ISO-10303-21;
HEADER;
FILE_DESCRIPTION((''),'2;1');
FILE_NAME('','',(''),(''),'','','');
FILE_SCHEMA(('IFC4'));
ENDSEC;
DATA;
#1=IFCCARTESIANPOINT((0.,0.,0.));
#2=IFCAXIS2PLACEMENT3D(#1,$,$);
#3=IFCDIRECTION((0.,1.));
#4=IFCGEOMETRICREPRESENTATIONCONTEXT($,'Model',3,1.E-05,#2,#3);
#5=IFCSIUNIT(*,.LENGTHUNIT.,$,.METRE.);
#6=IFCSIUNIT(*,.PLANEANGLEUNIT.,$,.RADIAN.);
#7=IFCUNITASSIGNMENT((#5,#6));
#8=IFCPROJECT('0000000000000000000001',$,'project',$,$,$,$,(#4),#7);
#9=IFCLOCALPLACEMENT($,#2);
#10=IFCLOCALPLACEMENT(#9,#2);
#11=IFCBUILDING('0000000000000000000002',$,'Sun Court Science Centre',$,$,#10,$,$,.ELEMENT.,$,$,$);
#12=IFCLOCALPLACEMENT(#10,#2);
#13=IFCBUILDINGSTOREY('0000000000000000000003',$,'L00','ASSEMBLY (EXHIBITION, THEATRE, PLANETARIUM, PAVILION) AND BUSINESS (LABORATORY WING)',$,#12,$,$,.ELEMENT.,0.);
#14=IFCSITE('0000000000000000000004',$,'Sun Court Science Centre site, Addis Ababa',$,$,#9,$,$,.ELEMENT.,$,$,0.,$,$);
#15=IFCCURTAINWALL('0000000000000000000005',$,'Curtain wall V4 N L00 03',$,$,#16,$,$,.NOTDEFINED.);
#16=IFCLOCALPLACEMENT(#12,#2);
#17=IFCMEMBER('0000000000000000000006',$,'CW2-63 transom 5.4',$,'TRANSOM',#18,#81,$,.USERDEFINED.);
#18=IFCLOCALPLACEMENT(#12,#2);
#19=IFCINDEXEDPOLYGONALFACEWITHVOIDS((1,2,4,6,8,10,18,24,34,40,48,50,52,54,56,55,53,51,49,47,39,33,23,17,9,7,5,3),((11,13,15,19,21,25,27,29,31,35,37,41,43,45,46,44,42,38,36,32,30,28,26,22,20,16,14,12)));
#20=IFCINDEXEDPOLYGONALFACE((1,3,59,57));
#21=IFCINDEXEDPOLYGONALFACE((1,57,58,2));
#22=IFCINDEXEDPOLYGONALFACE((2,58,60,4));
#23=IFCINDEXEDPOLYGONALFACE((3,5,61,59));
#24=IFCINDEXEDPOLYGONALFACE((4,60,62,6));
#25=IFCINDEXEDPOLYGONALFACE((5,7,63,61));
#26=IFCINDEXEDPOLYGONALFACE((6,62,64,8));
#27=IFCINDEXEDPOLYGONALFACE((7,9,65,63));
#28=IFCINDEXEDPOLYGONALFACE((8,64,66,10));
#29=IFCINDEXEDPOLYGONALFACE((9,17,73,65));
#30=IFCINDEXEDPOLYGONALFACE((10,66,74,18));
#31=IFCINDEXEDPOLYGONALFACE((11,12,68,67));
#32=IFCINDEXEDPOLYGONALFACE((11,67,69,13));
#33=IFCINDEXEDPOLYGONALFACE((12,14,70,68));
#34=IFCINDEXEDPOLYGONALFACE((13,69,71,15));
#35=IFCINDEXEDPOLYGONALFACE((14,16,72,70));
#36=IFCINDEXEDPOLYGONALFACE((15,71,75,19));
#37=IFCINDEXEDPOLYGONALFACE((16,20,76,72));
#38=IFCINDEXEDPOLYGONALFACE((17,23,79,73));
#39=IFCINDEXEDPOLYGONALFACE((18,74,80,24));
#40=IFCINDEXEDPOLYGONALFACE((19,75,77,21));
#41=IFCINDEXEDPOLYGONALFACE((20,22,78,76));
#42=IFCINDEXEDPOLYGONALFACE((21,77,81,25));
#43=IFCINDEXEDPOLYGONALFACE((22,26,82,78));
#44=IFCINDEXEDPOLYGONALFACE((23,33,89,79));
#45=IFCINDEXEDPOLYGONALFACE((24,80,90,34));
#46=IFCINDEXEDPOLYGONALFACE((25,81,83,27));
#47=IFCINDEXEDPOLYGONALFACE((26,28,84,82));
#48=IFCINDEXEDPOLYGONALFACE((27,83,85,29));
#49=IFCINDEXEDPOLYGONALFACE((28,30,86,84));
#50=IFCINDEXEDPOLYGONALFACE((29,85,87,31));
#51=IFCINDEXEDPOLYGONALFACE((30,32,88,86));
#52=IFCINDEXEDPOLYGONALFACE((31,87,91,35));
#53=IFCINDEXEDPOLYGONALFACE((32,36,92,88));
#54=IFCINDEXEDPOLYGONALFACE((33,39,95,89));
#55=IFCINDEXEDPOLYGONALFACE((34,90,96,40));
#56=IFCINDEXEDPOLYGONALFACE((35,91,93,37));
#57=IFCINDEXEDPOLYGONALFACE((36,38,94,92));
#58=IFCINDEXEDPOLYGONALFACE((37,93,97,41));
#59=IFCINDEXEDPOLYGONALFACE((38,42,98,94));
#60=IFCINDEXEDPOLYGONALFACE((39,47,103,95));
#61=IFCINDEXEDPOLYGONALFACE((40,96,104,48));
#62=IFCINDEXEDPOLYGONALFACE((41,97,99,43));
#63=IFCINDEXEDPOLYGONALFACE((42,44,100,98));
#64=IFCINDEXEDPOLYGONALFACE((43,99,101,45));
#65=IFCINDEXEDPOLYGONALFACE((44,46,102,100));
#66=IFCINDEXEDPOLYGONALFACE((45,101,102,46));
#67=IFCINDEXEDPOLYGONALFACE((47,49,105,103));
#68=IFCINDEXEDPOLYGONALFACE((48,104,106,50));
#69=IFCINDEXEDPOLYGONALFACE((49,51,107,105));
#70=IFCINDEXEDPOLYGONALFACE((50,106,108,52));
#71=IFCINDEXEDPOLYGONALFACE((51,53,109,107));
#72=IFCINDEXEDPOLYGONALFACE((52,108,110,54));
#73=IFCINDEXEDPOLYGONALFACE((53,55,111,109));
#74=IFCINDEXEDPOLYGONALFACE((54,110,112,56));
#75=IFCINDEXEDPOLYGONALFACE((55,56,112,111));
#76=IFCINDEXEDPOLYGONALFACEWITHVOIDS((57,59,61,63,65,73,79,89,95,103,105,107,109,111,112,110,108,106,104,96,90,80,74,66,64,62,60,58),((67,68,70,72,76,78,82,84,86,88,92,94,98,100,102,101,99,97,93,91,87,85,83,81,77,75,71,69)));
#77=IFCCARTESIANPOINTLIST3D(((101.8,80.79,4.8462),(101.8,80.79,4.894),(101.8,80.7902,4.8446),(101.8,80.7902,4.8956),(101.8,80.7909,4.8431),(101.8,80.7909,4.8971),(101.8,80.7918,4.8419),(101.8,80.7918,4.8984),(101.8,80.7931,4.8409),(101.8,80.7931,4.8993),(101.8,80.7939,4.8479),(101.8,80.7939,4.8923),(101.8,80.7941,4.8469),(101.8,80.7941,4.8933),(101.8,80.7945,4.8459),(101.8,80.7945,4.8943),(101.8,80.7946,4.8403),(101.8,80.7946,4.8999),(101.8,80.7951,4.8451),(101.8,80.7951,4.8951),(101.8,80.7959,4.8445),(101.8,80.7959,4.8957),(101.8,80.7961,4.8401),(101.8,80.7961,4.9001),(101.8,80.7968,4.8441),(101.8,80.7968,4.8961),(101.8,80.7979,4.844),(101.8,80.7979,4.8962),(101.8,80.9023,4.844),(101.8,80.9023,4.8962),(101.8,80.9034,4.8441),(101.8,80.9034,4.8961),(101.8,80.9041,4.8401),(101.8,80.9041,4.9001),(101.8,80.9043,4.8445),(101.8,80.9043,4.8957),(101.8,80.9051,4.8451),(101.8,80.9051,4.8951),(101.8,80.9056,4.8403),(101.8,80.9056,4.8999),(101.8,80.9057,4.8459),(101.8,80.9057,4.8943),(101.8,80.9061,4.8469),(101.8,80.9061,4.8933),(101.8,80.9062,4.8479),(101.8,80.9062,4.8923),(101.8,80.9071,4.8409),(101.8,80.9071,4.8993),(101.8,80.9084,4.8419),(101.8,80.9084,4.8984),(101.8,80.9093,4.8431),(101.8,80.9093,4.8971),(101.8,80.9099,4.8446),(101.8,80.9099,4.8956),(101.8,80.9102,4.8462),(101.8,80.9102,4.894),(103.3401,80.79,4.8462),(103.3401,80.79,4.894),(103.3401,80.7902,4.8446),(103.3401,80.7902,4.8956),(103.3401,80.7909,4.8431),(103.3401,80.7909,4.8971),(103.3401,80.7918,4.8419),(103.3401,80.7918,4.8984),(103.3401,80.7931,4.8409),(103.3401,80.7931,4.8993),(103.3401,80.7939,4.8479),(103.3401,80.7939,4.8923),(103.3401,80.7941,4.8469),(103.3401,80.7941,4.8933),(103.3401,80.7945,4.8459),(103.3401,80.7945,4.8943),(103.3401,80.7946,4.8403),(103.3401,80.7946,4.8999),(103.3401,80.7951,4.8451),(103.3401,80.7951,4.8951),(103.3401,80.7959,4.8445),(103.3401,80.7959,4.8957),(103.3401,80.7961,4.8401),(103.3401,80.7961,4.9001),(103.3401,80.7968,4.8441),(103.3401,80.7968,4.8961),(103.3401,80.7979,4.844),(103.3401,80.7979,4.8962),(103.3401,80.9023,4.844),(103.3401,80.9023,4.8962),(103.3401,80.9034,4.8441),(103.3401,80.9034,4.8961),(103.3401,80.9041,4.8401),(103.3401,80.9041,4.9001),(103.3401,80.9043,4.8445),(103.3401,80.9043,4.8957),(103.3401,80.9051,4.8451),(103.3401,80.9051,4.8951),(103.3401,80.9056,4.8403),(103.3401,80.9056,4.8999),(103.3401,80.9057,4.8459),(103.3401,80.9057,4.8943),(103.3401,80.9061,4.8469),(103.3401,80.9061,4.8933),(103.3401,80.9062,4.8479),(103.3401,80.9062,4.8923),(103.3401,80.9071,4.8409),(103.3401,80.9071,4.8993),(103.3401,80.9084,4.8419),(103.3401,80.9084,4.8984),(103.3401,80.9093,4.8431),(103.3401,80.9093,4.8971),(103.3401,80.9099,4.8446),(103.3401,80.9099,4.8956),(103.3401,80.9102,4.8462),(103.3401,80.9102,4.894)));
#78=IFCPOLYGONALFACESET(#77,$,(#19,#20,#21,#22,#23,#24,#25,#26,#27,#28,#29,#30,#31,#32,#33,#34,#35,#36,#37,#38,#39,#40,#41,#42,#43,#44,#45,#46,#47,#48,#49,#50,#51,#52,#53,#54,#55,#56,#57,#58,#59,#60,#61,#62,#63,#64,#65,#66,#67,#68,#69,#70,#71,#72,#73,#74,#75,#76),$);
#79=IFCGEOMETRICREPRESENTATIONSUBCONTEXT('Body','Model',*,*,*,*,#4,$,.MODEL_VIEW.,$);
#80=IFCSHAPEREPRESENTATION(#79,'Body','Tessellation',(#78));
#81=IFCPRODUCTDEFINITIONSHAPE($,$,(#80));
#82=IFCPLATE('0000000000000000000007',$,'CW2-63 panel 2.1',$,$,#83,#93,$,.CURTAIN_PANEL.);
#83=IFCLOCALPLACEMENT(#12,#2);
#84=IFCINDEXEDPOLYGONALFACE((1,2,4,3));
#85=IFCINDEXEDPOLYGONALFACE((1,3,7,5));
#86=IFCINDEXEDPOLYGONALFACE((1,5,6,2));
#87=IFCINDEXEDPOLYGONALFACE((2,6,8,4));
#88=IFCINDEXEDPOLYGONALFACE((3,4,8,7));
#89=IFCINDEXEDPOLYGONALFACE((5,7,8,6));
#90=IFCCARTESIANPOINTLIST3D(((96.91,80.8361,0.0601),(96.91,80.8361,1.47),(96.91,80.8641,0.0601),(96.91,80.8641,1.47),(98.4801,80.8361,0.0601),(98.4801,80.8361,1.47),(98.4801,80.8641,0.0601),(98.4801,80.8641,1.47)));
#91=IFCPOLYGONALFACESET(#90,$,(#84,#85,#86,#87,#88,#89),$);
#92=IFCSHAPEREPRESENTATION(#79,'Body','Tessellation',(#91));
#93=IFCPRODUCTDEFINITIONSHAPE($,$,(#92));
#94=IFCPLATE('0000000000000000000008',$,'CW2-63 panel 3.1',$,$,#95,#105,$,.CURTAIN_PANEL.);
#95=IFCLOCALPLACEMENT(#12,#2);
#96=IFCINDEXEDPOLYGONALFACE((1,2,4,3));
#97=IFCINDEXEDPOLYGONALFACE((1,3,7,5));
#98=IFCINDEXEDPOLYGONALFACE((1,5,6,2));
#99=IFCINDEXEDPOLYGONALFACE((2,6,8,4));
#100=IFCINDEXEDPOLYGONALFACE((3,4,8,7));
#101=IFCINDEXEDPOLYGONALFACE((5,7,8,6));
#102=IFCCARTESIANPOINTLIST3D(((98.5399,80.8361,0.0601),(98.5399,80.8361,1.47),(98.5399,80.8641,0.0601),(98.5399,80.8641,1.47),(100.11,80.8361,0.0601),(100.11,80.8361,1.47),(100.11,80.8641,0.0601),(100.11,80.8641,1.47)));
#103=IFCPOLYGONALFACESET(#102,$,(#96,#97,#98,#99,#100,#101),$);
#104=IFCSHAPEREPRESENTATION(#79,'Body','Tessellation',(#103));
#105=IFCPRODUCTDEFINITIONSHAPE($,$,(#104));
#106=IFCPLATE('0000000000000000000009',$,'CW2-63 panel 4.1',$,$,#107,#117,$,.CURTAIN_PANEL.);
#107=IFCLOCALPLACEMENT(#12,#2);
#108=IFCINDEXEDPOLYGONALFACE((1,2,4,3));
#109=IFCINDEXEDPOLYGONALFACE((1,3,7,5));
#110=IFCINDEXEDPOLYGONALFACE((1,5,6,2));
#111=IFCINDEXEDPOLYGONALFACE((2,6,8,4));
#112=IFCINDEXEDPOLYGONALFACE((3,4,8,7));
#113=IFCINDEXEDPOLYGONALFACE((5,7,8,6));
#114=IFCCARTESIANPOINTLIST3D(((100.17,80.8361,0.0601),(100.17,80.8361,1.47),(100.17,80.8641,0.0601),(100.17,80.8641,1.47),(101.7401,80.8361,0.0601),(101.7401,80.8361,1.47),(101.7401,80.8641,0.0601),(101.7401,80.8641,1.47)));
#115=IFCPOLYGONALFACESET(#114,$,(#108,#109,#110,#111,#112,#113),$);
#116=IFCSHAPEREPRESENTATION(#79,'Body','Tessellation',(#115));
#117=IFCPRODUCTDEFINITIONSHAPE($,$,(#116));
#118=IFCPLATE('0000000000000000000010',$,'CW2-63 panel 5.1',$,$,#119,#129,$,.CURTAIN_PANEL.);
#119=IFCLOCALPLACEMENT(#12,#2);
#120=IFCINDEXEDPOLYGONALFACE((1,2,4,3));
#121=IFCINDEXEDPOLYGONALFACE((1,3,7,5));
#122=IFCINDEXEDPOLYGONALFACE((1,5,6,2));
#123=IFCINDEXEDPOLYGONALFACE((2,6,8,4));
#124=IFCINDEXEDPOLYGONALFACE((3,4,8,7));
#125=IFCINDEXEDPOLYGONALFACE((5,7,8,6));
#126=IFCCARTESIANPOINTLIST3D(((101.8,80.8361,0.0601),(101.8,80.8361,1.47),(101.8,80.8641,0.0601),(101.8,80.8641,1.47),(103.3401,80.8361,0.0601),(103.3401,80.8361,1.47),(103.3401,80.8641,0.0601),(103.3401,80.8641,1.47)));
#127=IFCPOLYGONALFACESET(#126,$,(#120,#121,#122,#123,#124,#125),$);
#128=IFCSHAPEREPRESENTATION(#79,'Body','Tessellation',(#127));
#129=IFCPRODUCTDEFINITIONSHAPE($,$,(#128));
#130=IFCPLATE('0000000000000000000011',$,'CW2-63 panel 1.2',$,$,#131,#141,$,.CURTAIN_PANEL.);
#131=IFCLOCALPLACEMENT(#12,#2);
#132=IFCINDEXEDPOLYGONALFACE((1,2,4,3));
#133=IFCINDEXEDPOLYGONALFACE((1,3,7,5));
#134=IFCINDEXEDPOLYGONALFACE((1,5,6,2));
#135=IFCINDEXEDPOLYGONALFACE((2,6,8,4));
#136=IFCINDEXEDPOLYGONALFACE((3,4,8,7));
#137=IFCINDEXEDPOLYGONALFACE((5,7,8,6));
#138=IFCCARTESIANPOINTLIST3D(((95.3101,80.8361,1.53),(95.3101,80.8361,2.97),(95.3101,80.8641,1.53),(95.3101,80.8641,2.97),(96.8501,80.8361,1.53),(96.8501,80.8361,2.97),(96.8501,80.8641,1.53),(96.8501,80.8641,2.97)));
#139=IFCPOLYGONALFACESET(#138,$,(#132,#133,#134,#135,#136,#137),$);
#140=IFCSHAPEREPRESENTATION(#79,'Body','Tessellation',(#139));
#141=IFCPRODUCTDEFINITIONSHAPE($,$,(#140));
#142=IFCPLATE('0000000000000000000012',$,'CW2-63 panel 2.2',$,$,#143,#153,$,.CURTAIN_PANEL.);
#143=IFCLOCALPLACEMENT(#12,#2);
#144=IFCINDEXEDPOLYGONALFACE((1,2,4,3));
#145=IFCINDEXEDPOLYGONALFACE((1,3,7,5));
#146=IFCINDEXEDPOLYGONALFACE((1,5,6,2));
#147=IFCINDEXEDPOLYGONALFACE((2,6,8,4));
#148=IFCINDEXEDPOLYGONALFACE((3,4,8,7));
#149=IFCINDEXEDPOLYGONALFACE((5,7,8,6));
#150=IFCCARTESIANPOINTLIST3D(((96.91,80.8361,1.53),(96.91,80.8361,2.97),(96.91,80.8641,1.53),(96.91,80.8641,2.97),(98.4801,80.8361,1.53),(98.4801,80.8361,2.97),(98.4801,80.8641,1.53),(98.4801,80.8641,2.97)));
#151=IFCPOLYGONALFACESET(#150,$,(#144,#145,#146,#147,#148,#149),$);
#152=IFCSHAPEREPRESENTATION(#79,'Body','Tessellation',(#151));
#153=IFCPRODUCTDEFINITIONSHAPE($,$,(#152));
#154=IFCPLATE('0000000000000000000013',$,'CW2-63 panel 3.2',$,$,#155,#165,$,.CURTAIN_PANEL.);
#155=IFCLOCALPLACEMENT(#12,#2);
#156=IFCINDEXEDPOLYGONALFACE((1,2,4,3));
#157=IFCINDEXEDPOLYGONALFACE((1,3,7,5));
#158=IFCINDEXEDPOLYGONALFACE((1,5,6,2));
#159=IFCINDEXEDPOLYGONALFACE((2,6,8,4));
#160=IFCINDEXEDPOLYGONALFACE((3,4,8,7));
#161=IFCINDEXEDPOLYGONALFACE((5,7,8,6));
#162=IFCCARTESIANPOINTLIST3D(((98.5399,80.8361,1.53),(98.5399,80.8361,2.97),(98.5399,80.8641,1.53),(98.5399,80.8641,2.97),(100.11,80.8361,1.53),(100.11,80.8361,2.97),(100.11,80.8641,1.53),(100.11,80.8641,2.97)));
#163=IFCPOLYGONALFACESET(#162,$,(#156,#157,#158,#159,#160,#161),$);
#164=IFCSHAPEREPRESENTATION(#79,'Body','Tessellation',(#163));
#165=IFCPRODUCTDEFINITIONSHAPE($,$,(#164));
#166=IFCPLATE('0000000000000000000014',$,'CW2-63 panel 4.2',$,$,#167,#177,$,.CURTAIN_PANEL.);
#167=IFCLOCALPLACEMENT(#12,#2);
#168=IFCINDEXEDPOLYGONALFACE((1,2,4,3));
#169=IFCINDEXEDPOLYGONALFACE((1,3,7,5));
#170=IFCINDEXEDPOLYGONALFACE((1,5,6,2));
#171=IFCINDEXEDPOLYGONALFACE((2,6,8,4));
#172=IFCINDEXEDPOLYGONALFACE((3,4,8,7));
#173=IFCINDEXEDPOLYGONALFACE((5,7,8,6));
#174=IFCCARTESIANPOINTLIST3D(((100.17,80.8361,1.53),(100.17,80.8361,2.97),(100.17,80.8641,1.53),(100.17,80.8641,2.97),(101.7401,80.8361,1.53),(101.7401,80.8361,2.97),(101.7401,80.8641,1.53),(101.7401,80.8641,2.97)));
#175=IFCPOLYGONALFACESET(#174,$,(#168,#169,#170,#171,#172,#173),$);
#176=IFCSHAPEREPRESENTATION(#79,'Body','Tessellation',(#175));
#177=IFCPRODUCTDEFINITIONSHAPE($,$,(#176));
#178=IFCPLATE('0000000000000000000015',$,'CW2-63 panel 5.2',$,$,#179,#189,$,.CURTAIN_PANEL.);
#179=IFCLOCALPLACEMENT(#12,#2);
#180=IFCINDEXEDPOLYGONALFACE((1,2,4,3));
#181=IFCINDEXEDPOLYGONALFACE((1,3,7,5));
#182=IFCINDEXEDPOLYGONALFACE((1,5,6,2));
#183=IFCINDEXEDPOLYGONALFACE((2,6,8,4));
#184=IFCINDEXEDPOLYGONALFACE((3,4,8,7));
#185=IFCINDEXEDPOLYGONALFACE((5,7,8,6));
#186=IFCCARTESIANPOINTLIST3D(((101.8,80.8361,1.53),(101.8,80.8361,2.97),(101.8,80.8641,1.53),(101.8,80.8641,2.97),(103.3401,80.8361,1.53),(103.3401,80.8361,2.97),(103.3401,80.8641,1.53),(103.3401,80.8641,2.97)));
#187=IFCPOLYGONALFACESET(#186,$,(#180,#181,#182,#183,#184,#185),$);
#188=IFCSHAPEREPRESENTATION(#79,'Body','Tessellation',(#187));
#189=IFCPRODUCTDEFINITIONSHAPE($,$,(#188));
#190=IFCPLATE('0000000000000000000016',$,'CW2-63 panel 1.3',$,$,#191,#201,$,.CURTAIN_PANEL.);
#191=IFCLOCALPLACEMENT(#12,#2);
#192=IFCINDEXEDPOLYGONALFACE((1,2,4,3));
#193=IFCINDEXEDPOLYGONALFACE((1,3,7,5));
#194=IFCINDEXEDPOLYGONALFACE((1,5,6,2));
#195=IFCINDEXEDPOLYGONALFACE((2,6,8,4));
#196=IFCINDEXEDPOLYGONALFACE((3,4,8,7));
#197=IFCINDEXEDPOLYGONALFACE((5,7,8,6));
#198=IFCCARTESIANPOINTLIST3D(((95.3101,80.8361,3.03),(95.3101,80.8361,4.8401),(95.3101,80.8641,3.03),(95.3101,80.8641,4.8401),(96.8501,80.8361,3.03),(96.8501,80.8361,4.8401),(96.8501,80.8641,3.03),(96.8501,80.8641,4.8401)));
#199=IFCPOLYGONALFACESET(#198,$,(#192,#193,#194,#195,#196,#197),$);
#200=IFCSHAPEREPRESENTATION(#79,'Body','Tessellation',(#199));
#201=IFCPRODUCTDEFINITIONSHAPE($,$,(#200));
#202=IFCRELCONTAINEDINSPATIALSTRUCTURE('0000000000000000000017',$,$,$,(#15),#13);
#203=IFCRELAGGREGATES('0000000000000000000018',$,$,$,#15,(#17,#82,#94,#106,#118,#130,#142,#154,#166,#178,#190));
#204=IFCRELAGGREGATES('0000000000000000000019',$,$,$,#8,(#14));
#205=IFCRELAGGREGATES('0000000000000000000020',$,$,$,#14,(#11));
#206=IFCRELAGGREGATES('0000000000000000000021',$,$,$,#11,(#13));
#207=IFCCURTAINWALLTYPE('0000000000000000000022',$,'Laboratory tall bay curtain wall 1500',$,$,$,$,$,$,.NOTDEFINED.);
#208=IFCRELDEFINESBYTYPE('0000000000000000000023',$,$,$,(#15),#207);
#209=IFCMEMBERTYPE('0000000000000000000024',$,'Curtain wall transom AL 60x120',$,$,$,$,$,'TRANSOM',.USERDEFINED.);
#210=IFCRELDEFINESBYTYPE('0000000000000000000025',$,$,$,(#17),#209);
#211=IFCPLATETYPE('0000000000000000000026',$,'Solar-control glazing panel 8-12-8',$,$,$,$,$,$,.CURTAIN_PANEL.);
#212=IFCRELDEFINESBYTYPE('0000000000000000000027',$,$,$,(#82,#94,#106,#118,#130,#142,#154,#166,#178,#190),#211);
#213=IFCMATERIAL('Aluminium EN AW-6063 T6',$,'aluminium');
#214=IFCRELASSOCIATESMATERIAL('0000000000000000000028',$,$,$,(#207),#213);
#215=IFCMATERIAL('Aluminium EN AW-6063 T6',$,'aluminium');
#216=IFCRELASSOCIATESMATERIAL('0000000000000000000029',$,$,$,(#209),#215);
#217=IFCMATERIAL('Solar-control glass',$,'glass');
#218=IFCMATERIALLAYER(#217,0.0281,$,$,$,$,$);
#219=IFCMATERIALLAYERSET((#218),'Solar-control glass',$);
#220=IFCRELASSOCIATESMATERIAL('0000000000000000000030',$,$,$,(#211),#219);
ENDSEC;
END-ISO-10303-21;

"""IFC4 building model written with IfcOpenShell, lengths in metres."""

from ifc_helpers import new_model, si_unit, direction, frame, origin, origin_2d, place, context, subcontext, project, spatial, rectangle, hollow_rectangle, extrude, material, layer, layer_set, material_profile, profile_set, type_object, element, aggregate, save


model = new_model("IFC4")

# Units and contexts
model_context = context("Model", 3, precision=1e-05, world=origin(), true_north=direction((0.0, 1.0)))
body_context = subcontext(model_context, "Body", "Model", "MODEL_VIEW")
ifc_project = project(units=[si_unit("LENGTHUNIT", "METRE"), si_unit("PLANEANGLEUNIT", "RADIAN")], contexts=[model_context])

# Site, building, storey
site_placement = place(None, origin())
site = spatial("IfcSite", under=ifc_project, at=site_placement, Name="Sun Court Science Centre site, Addis Ababa", CompositionType="ELEMENT", RefElevation=0.0)
building_placement = place(site_placement, origin())
building = spatial("IfcBuilding", under=site, at=building_placement, Name="Sun Court Science Centre", CompositionType="ELEMENT")
storey_placement = place(building_placement, origin())
storey = spatial("IfcBuildingStorey", under=building, at=storey_placement, Name="L00", Description="ASSEMBLY (EXHIBITION, THEATRE, PLANETARIUM, PAVILION) AND BUSINESS (LABORATORY WING)", CompositionType="ELEMENT", Elevation=0.0)

# Curtain wall, member, plates
ifc_material_1 = material(Name="Aluminium EN AW-6063 T6", Category="aluminium")
curtain_wall_type = type_object("IfcCurtainWallType", Name="Laboratory tall bay curtain wall 1500", PredefinedType="NOTDEFINED", material=ifc_material_1)
curtain_wall_placement = place(storey_placement, origin())
curtain_wall = element("IfcCurtainWall", 1, at=curtain_wall_placement, inside=storey, type_object=curtain_wall_type, Name="Curtain wall V4 N L00 03", PredefinedType="NOTDEFINED")
ifc_material_2 = material(Name="Aluminium EN AW-6063 T6", Category="aluminium")
ifc_material_profile_1 = material_profile(ifc_material_2, hollow_rectangle(XDim=0.0601, YDim=0.1201, WallThickness=0.0039, InnerFilletRadius=0.0039, OuterFilletRadius=0.0061, at=origin_2d()), Name="AL 60x120x4")
ifc_profile_set_1 = profile_set([ifc_material_profile_1], Name="Aluminium EN AW-6063 T6")
member_type_1 = type_object("IfcMemberType", Name="Curtain wall transom AL 60x120", ElementType="TRANSOM", PredefinedType="USERDEFINED", material=ifc_profile_set_1)
member_1_placement = place(storey_placement, frame((101.8, 80.8501, 4.8701), z_axis=(1.0, 0.0, 0.0), x_axis=(0.0, 0.0, 1.0)))
member_1 = element("IfcMember", 2, at=member_1_placement, type_object=member_type_1, Name="CW2-63 transom 5.4", ObjectType="TRANSOM", PredefinedType="USERDEFINED", context=body_context, shape_type="SweptSolid", body=[
    extrude(hollow_rectangle(XDim=0.0601, YDim=0.1201, WallThickness=0.0039, InnerFilletRadius=0.0039, OuterFilletRadius=0.0061, at=origin_2d()), origin(), (0.0, 0.0, 1.0), 1.54),
])
ifc_material_3 = material(Name="Solar-control glass", Category="glass")
ifc_layer_1 = layer(ifc_material_3, 0.0281)
ifc_layer_set_1 = layer_set([ifc_layer_1], Name="Solar-control glass")
plate_type = type_object("IfcPlateType", Name="Solar-control glazing panel 8-12-8", PredefinedType="CURTAIN_PANEL", material=ifc_layer_set_1)
plate_1_placement = place(storey_placement, frame((97.6951, 80.8501, 0.0601), z_axis=(0.0, 0.0, 1.0), x_axis=(1.0, 0.0, 0.0)))
plate_1 = element("IfcPlate", 3, at=plate_1_placement, type_object=plate_type, Name="CW2-63 panel 2.1", PredefinedType="CURTAIN_PANEL", context=body_context, shape_type="SweptSolid", body=[
    extrude(rectangle(XDim=1.5701, YDim=0.0281, at=origin_2d()), origin(), (0.0, 0.0, 1.0), 1.4099),
])
plate_2_placement = place(storey_placement, frame((99.325, 80.8501, 0.0601), z_axis=(0.0, 0.0, 1.0), x_axis=(1.0, 0.0, 0.0)))
plate_2 = element("IfcPlate", 4, at=plate_2_placement, type_object=plate_type, Name="CW2-63 panel 3.1", PredefinedType="CURTAIN_PANEL", context=body_context, shape_type="SweptSolid", body=[
    extrude(rectangle(XDim=1.5701, YDim=0.0281, at=origin_2d()), origin(), (0.0, 0.0, 1.0), 1.4099),
])
plate_3_placement = place(storey_placement, frame((100.9551, 80.8501, 0.0601), z_axis=(0.0, 0.0, 1.0), x_axis=(1.0, 0.0, 0.0)))
plate_3 = element("IfcPlate", 5, at=plate_3_placement, type_object=plate_type, Name="CW2-63 panel 4.1", PredefinedType="CURTAIN_PANEL", context=body_context, shape_type="SweptSolid", body=[
    extrude(rectangle(XDim=1.5701, YDim=0.0281, at=origin_2d()), origin(), (0.0, 0.0, 1.0), 1.4099),
])
plate_4_placement = place(storey_placement, frame((102.5701, 80.8501, 0.0601), z_axis=(0.0, 0.0, 1.0), x_axis=(1.0, 0.0, 0.0)))
plate_4 = element("IfcPlate", 6, at=plate_4_placement, type_object=plate_type, Name="CW2-63 panel 5.1", PredefinedType="CURTAIN_PANEL", context=body_context, shape_type="SweptSolid", body=[
    extrude(rectangle(XDim=1.54, YDim=0.0281, at=origin_2d()), origin(), (0.0, 0.0, 1.0), 1.4099),
])
plate_5_placement = place(storey_placement, frame((96.0801, 80.8501, 1.53), z_axis=(0.0, 0.0, 1.0), x_axis=(1.0, 0.0, 0.0)))
plate_5 = element("IfcPlate", 7, at=plate_5_placement, type_object=plate_type, Name="CW2-63 panel 1.2", PredefinedType="CURTAIN_PANEL", context=body_context, shape_type="SweptSolid", body=[
    extrude(rectangle(XDim=1.54, YDim=0.0281, at=origin_2d()), origin(), (0.0, 0.0, 1.0), 1.4399),
])
plate_6_placement = place(storey_placement, frame((97.6951, 80.8501, 1.53), z_axis=(0.0, 0.0, 1.0), x_axis=(1.0, 0.0, 0.0)))
plate_6 = element("IfcPlate", 8, at=plate_6_placement, type_object=plate_type, Name="CW2-63 panel 2.2", PredefinedType="CURTAIN_PANEL", context=body_context, shape_type="SweptSolid", body=[
    extrude(rectangle(XDim=1.5701, YDim=0.0281, at=origin_2d()), origin(), (0.0, 0.0, 1.0), 1.4399),
])
plate_7_placement = place(storey_placement, frame((99.325, 80.8501, 1.53), z_axis=(0.0, 0.0, 1.0), x_axis=(1.0, 0.0, 0.0)))
plate_7 = element("IfcPlate", 9, at=plate_7_placement, type_object=plate_type, Name="CW2-63 panel 3.2", PredefinedType="CURTAIN_PANEL", context=body_context, shape_type="SweptSolid", body=[
    extrude(rectangle(XDim=1.5701, YDim=0.0281, at=origin_2d()), origin(), (0.0, 0.0, 1.0), 1.4399),
])
plate_8_placement = place(storey_placement, frame((100.9551, 80.8501, 1.53), z_axis=(0.0, 0.0, 1.0), x_axis=(1.0, 0.0, 0.0)))
plate_8 = element("IfcPlate", 10, at=plate_8_placement, type_object=plate_type, Name="CW2-63 panel 4.2", PredefinedType="CURTAIN_PANEL", context=body_context, shape_type="SweptSolid", body=[
    extrude(rectangle(XDim=1.5701, YDim=0.0281, at=origin_2d()), origin(), (0.0, 0.0, 1.0), 1.4399),
])
plate_9_placement = place(storey_placement, frame((102.5701, 80.8501, 1.53), z_axis=(0.0, 0.0, 1.0), x_axis=(1.0, 0.0, 0.0)))
plate_9 = element("IfcPlate", 11, at=plate_9_placement, type_object=plate_type, Name="CW2-63 panel 5.2", PredefinedType="CURTAIN_PANEL", context=body_context, shape_type="SweptSolid", body=[
    extrude(rectangle(XDim=1.54, YDim=0.0281, at=origin_2d()), origin(), (0.0, 0.0, 1.0), 1.4399),
])
plate_10_placement = place(storey_placement, frame((96.0801, 80.8501, 3.03), z_axis=(0.0, 0.0, 1.0), x_axis=(1.0, 0.0, 0.0)))
plate_10 = element("IfcPlate", 12, at=plate_10_placement, type_object=plate_type, Name="CW2-63 panel 1.3", PredefinedType="CURTAIN_PANEL", context=body_context, shape_type="SweptSolid", body=[
    extrude(rectangle(XDim=1.54, YDim=0.0281, at=origin_2d()), origin(), (0.0, 0.0, 1.0), 1.8101),
])
aggregate(curtain_wall, [member_1, plate_1, plate_2, plate_3, plate_4, plate_5, plate_6, plate_7, plate_8, plate_9, plate_10])

save(model, "model.ifc")
